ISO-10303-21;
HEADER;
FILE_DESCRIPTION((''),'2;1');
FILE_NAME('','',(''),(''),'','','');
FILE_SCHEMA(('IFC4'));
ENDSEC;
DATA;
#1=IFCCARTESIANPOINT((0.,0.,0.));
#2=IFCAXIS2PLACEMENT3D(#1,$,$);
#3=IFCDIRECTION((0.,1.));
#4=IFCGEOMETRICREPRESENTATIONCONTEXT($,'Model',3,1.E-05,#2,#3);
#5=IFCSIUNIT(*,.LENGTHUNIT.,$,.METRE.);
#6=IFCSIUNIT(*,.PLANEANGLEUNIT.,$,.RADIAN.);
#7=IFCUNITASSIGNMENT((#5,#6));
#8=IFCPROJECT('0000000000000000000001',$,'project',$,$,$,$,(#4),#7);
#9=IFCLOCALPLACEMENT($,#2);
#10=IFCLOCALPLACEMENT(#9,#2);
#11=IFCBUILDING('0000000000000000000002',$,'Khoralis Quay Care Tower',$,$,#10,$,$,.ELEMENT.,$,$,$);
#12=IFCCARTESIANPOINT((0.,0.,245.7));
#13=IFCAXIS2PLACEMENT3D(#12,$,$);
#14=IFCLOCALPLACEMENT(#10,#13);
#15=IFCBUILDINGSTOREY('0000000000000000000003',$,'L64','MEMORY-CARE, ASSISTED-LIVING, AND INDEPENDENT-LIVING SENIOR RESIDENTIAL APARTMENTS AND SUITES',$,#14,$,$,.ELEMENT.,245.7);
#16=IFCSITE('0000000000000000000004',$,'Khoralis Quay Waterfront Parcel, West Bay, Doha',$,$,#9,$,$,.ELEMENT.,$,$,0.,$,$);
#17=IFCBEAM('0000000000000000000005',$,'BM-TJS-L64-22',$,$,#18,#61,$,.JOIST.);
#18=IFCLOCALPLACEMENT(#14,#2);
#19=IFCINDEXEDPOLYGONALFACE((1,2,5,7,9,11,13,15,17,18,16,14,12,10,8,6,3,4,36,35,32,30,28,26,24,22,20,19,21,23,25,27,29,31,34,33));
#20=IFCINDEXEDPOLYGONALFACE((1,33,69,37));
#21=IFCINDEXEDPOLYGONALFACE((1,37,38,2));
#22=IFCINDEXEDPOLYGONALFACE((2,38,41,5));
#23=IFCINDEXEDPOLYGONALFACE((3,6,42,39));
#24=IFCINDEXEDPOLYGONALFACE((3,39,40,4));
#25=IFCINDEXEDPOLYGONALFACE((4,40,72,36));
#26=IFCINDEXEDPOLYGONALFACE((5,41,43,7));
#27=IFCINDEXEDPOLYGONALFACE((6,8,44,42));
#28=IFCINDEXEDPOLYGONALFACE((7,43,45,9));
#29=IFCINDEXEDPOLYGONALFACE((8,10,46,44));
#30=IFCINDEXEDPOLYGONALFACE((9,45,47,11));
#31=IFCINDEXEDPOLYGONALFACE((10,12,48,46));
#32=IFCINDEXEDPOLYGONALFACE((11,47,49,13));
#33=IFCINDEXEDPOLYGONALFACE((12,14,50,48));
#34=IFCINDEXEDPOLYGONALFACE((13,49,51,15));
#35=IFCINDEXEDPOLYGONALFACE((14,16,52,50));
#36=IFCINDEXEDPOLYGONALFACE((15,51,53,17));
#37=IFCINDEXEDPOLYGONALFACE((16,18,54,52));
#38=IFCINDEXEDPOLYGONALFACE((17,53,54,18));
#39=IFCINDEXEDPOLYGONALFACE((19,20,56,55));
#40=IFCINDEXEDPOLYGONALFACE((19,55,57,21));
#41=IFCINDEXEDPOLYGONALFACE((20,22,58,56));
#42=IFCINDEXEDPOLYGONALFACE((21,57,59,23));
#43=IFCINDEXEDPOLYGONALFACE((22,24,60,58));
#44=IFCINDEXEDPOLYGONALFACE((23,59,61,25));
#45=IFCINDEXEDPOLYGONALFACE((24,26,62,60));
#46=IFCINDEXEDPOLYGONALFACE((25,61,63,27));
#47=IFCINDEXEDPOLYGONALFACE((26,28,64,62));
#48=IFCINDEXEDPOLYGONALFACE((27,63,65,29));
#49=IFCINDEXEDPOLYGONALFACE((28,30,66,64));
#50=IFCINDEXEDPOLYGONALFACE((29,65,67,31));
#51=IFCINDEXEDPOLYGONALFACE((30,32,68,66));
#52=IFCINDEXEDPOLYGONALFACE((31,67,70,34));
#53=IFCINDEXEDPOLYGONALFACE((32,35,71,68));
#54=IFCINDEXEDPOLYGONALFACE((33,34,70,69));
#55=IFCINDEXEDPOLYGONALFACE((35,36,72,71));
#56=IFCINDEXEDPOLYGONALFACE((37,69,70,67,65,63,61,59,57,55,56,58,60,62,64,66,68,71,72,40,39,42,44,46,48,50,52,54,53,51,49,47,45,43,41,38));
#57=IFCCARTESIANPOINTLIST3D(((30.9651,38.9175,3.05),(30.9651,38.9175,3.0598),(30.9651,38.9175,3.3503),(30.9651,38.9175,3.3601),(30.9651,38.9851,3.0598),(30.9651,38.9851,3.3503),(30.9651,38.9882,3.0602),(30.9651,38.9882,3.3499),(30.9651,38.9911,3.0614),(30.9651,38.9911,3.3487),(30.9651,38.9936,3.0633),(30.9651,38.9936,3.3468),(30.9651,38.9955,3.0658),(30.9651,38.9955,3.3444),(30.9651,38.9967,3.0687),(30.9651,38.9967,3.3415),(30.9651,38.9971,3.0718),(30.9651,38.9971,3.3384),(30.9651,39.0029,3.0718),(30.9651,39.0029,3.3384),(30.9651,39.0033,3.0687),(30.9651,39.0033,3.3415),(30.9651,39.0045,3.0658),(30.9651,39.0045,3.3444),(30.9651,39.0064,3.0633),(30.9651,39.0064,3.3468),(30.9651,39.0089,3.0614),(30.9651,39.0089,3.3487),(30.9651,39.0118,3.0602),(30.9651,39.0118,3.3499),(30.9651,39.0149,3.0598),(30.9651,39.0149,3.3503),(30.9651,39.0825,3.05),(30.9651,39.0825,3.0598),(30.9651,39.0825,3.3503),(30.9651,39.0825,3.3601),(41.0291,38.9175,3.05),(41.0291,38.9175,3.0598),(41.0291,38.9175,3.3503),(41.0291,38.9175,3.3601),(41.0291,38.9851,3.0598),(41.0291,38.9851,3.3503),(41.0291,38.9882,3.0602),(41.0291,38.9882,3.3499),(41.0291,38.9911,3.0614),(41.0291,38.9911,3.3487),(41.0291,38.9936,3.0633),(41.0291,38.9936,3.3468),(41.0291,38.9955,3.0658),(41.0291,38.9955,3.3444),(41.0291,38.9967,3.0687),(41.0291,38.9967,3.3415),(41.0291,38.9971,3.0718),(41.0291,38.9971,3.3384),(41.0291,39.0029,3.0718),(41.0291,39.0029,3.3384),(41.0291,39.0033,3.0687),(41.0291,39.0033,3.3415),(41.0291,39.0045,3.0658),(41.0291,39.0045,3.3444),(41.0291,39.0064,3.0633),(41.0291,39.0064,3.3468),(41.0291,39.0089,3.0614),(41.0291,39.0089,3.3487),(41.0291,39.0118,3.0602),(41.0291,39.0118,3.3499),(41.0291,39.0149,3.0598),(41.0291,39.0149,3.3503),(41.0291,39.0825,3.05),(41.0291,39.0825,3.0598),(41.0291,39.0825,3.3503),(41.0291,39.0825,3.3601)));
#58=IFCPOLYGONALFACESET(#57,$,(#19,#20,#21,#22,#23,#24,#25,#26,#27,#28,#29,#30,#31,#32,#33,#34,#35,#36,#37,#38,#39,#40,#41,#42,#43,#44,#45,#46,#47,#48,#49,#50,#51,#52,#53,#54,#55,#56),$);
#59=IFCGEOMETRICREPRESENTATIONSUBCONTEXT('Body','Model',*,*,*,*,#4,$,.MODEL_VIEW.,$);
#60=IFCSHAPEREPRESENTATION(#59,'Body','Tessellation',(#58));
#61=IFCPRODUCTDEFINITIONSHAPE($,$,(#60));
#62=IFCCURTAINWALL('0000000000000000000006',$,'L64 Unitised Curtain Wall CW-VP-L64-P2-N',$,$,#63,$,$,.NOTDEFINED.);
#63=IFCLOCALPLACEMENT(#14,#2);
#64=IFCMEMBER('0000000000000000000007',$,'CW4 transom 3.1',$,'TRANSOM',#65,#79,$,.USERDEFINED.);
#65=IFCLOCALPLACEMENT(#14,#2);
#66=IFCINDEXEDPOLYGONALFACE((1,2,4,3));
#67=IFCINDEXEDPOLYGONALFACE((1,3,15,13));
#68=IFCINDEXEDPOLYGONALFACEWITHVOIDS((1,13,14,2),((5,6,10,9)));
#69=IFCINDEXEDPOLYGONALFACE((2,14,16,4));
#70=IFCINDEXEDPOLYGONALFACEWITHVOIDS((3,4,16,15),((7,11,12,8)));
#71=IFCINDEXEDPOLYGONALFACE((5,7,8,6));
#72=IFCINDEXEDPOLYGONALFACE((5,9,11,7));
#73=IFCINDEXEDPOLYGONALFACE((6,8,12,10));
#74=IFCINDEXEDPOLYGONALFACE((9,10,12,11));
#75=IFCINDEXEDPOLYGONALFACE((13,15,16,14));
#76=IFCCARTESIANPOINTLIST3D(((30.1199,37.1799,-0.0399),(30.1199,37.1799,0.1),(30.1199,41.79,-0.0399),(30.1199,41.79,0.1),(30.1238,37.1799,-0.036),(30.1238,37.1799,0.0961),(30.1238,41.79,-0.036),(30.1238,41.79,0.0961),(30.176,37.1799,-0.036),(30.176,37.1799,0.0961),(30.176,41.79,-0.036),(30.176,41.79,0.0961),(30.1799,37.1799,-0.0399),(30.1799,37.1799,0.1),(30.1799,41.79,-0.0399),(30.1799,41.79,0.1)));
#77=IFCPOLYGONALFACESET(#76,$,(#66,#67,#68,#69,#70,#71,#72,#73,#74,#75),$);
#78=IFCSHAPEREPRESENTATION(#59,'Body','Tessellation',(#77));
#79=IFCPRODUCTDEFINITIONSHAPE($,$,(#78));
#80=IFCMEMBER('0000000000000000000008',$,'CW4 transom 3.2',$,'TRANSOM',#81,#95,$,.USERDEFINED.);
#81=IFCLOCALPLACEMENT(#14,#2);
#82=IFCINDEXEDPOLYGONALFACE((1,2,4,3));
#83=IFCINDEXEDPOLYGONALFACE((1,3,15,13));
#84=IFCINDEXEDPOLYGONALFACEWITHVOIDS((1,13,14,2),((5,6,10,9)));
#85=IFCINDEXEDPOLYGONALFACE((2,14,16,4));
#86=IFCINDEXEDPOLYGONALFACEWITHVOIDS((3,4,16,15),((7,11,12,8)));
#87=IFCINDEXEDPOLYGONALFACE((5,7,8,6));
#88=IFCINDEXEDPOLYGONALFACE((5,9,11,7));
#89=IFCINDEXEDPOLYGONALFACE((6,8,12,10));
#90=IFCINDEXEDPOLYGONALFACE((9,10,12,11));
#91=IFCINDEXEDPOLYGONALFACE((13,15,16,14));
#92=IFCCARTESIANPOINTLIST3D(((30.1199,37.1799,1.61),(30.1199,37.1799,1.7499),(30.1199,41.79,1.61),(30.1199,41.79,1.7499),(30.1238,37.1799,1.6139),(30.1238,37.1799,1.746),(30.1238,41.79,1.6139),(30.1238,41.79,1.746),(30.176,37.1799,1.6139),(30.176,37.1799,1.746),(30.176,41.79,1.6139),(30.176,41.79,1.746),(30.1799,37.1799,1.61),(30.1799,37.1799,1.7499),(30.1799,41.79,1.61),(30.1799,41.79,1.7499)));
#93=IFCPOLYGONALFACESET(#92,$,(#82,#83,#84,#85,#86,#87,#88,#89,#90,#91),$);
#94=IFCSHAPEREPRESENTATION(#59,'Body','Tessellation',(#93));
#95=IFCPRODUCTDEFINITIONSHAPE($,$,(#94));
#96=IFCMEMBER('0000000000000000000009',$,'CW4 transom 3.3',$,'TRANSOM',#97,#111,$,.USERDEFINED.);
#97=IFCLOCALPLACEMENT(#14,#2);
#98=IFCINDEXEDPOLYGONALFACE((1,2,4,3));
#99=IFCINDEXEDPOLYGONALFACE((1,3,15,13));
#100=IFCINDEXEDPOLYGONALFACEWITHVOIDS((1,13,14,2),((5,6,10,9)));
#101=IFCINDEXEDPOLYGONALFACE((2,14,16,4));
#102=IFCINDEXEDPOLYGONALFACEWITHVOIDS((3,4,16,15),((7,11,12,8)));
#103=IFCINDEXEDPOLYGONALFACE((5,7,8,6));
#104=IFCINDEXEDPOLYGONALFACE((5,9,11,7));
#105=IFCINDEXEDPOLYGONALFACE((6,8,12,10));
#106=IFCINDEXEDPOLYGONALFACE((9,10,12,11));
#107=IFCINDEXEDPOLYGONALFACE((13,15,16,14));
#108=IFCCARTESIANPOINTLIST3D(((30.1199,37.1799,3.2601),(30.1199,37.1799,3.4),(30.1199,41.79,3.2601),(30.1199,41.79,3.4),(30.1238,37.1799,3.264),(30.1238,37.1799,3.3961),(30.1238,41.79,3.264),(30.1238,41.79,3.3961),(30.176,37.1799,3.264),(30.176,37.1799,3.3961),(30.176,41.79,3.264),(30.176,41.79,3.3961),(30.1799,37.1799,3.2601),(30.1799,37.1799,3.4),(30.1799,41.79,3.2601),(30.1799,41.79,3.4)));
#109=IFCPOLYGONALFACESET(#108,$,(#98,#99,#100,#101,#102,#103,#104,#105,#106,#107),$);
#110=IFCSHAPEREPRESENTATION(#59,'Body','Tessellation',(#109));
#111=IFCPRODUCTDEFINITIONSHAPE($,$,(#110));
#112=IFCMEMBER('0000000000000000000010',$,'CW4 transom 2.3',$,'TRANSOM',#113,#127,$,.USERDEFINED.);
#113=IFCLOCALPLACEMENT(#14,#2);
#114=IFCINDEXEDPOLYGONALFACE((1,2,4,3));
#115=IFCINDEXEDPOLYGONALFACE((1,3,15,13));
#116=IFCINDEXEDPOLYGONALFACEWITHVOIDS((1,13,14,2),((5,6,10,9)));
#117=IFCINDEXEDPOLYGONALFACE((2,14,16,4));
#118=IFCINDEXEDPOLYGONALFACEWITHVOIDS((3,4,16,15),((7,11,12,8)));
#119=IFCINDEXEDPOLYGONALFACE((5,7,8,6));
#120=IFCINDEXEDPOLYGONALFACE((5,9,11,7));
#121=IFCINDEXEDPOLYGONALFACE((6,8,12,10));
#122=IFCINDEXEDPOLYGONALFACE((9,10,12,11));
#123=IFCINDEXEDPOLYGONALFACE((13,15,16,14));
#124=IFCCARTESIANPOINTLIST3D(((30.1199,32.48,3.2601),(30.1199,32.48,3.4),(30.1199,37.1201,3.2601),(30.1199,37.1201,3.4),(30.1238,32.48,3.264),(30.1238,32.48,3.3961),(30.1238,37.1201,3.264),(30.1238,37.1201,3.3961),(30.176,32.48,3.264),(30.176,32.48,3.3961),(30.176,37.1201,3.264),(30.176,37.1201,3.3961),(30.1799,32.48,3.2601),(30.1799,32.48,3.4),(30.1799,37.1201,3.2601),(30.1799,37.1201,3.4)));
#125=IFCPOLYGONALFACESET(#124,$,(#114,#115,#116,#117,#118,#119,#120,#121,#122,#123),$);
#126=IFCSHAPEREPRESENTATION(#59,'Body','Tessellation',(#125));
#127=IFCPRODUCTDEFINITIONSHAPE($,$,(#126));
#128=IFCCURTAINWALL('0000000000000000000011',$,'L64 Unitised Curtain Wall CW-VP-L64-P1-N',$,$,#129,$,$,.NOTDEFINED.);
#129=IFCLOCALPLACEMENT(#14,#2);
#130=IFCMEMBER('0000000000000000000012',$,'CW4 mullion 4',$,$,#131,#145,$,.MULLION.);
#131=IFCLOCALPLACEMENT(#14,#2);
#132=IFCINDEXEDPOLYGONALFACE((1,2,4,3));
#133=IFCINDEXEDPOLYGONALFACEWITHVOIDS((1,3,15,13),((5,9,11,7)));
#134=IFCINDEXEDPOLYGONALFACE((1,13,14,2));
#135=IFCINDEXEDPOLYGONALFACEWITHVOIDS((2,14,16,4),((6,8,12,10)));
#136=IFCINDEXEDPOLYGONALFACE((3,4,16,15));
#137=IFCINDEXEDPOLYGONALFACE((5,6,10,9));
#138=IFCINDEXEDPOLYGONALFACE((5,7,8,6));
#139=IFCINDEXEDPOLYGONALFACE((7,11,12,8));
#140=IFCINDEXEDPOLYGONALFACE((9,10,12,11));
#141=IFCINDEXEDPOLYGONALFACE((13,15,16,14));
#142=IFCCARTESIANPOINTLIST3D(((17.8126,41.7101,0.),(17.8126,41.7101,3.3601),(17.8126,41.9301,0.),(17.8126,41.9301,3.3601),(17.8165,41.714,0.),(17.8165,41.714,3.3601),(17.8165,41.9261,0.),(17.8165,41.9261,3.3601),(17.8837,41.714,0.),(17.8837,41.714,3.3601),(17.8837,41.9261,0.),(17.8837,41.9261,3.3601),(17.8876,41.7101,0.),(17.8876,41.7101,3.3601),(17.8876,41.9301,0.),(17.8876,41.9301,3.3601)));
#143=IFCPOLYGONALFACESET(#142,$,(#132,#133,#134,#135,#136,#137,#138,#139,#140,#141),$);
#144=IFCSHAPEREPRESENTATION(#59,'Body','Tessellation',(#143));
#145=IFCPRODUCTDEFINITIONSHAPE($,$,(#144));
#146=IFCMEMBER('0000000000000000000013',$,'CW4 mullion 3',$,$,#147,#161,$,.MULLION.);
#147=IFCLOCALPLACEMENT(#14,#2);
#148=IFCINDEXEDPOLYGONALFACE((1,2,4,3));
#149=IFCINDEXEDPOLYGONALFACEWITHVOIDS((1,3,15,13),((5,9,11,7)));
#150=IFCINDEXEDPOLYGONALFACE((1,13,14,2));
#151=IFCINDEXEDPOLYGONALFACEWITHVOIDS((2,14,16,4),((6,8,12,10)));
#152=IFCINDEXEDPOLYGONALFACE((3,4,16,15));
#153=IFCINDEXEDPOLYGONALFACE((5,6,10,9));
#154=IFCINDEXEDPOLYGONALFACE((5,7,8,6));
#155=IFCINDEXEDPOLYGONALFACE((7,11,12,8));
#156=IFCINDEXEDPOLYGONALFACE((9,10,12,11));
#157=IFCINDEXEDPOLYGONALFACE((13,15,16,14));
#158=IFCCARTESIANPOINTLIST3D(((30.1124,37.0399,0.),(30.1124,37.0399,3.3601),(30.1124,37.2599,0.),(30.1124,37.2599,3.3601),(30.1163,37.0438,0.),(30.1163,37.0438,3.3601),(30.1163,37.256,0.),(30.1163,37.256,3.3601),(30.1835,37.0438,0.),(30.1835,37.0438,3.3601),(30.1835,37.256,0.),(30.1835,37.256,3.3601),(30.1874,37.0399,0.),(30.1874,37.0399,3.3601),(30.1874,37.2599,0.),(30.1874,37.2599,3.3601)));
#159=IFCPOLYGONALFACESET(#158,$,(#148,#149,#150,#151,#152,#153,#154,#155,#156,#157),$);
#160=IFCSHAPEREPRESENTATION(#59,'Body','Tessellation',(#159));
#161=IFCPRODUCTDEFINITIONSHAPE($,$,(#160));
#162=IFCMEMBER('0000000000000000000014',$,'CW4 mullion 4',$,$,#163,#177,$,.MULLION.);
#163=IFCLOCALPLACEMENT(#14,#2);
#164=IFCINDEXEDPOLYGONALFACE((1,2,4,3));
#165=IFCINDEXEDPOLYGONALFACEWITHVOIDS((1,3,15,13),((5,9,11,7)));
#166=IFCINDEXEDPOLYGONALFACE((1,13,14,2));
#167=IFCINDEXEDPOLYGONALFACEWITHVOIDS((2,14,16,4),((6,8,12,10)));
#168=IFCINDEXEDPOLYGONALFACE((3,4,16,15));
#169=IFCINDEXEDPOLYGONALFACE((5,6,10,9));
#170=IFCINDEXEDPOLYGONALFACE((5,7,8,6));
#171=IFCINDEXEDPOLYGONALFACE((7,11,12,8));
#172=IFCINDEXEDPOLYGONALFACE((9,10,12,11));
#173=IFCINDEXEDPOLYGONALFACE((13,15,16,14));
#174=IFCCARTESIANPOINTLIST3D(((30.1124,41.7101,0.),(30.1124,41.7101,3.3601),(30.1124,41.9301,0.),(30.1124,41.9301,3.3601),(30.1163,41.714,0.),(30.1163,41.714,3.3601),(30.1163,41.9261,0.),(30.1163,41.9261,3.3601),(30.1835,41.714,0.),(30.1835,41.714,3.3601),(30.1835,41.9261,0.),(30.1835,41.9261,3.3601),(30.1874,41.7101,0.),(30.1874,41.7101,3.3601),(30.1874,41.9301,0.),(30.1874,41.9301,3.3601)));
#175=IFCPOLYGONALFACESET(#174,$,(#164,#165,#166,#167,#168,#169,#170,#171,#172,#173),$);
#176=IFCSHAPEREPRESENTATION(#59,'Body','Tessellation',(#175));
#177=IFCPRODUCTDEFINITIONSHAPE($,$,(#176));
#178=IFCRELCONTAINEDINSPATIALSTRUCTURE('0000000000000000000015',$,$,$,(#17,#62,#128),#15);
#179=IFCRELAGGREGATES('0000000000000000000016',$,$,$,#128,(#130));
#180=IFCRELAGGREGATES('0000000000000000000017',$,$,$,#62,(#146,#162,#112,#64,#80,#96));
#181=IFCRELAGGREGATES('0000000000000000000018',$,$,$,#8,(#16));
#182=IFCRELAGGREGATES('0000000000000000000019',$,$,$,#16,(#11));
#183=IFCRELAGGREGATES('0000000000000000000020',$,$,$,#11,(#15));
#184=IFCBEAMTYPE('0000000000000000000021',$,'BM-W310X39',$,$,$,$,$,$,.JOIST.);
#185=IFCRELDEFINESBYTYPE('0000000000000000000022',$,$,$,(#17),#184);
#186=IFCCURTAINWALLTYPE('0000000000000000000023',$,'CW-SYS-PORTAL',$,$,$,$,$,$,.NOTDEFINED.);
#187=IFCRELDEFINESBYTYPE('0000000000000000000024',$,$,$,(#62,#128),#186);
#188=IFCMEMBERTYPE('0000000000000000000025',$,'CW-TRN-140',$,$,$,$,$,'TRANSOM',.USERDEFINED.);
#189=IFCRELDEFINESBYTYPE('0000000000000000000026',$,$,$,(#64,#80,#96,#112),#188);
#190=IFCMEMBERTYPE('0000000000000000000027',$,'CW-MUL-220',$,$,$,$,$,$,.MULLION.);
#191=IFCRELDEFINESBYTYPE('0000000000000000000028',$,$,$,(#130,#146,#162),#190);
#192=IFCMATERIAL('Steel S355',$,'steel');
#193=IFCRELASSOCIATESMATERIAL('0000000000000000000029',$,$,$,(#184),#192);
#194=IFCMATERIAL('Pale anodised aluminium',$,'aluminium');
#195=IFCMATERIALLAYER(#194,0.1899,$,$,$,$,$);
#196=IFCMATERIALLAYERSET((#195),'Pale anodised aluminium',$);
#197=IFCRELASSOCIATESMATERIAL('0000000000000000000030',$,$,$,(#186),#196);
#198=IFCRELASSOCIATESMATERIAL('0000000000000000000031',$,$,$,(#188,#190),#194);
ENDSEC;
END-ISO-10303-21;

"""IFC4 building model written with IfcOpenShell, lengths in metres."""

from ifc_helpers import new_model, si_unit, direction, frame, origin, origin_2d, place, context, subcontext, project, spatial, hollow_rectangle, i_section, extrude, source, transform, mapped, material, layer, layer_set, material_profile, profile_set, type_object, element, aggregate, save


model = new_model("IFC4")

# Units and contexts
model_context = context("Model", 3, precision=1e-05, world=origin(), true_north=direction((0.0, 1.0)))
body_context = subcontext(model_context, "Body", "Model", "MODEL_VIEW")
ifc_project = project(units=[si_unit("LENGTHUNIT", "METRE"), si_unit("PLANEANGLEUNIT", "RADIAN")], contexts=[model_context])

# Site, building, storey
site_placement = place(None, origin())
site = spatial("IfcSite", under=ifc_project, at=site_placement, Name="Khoralis Quay Waterfront Parcel, West Bay, Doha", CompositionType="ELEMENT", RefElevation=0.0)
building_placement = place(site_placement, origin())
building = spatial("IfcBuilding", under=site, at=building_placement, Name="Khoralis Quay Care Tower", CompositionType="ELEMENT")
storey_placement = place(building_placement, frame((0.0, 0.0, 245.7)))
storey = spatial("IfcBuildingStorey", under=building, at=storey_placement, Name="L64", Description="MEMORY-CARE, ASSISTED-LIVING, AND INDEPENDENT-LIVING SENIOR RESIDENTIAL APARTMENTS AND SUITES", CompositionType="ELEMENT", Elevation=245.7)

# Beam
ifc_material_1 = material(Name="Steel S355", Category="steel")
ifc_material_profile_1 = material_profile(ifc_material_1, i_section(OverallWidth=0.165, OverallDepth=0.3101, WebThickness=0.0059, FlangeThickness=0.0098, FilletRadius=0.012, at=origin_2d()), Name="Steel S355")
ifc_profile_set_1 = profile_set([ifc_material_profile_1], Name="Steel S355")
beam_type_1 = type_object("IfcBeamType", Name="BM-W310X39", PredefinedType="JOIST", material=ifc_profile_set_1)
shared_shape_1 = source(origin(), body_context, "Body", "SweptSolid", [
    extrude(i_section(OverallWidth=0.165, OverallDepth=0.3101, WebThickness=0.0059, FlangeThickness=0.0098, FilletRadius=0.012, at=origin_2d()), origin(), (0.0, 0.0, 1.0), 10.064),
])
for number, where, z_axis, x_axis, name in (
    (1, (30.9651, 39.0, 3.2051), (1.0, 0.0, 0.0), (0.0, 1.0, 0.0), "BM-TJS-L64-22"),
):
    element("IfcBeam", number, at=place(storey_placement, frame(where, z_axis=z_axis, x_axis=x_axis)), inside=storey, type_object=beam_type_1, Name=name, PredefinedType="JOIST", context=body_context, shape_type="MappedRepresentation", body=[
        mapped(shared_shape_1, transform((0.0, 0.0, 0.0), scale=1.0)),
    ])

# Curtain wall, members
ifc_material_2 = material(Name="Pale anodised aluminium", Category="aluminium")
ifc_layer_1 = layer(ifc_material_2, 0.1899)
ifc_layer_set_1 = layer_set([ifc_layer_1], Name="Pale anodised aluminium")
curtain_wall_type = type_object("IfcCurtainWallType", Name="CW-SYS-PORTAL", PredefinedType="NOTDEFINED", material=ifc_layer_set_1)
curtain_wall_1_placement = place(storey_placement, origin())
curtain_wall_1 = element("IfcCurtainWall", 2, at=curtain_wall_1_placement, inside=storey, type_object=curtain_wall_type, Name="L64 Unitised Curtain Wall CW-VP-L64-P2-N", PredefinedType="NOTDEFINED")
ifc_material_profile_2 = material_profile(ifc_material_2, hollow_rectangle(XDim=0.0601, YDim=0.1399, WallThickness=0.0039, at=origin_2d()), Name="Pale anodised aluminium")
ifc_profile_set_2 = profile_set([ifc_material_profile_2], Name="Pale anodised aluminium")
member_type_1 = type_object("IfcMemberType", Name="CW-TRN-140", ElementType="TRANSOM", PredefinedType="USERDEFINED", material=ifc_profile_set_2)
shared_shape_2 = source(origin(), body_context, "Body", "SweptSolid", [
    extrude(hollow_rectangle(XDim=0.0601, YDim=0.1399, WallThickness=0.0039, at=origin_2d()), origin(), (0.0, 0.0, 1.0), 4.6101),
])
member_1_placement = place(storey_placement, frame((30.1499, 37.1799, 0.03), z_axis=(0.0, 1.0, 0.0), x_axis=(-1.0, 0.0, 0.0)))
member_1 = element("IfcMember", 3, at=member_1_placement, type_object=member_type_1, Name="CW4 transom 3.1", ObjectType="TRANSOM", PredefinedType="USERDEFINED", context=body_context, shape_type="MappedRepresentation", body=[
    mapped(shared_shape_2, transform((0.0, 0.0, 0.0), scale=1.0)),
])
member_2_placement = place(storey_placement, frame((30.1499, 37.1799, 1.6799), z_axis=(0.0, 1.0, 0.0), x_axis=(-1.0, 0.0, 0.0)))
member_2 = element("IfcMember", 4, at=member_2_placement, type_object=member_type_1, Name="CW4 transom 3.2", ObjectType="TRANSOM", PredefinedType="USERDEFINED", context=body_context, shape_type="MappedRepresentation", body=[
    mapped(shared_shape_2, transform((0.0, 0.0, 0.0), scale=1.0)),
])
member_3_placement = place(storey_placement, frame((30.1499, 37.1799, 3.3301), z_axis=(0.0, 1.0, 0.0), x_axis=(-1.0, 0.0, 0.0)))
member_3 = element("IfcMember", 5, at=member_3_placement, type_object=member_type_1, Name="CW4 transom 3.3", ObjectType="TRANSOM", PredefinedType="USERDEFINED", context=body_context, shape_type="MappedRepresentation", body=[
    mapped(shared_shape_2, transform((0.0, 0.0, 0.0), scale=1.0)),
])
shared_shape_3 = source(origin(), body_context, "Body", "SweptSolid", [
    extrude(hollow_rectangle(XDim=0.0601, YDim=0.1399, WallThickness=0.0039, at=origin_2d()), origin(), (0.0, 0.0, 1.0), 4.6401),
])
member_4_placement = place(storey_placement, frame((30.1499, 32.48, 3.3301), z_axis=(0.0, 1.0, 0.0), x_axis=(-1.0, 0.0, 0.0)))
member_4 = element("IfcMember", 6, at=member_4_placement, type_object=member_type_1, Name="CW4 transom 2.3", ObjectType="TRANSOM", PredefinedType="USERDEFINED", context=body_context, shape_type="MappedRepresentation", body=[
    mapped(shared_shape_3, transform((0.0, 0.0, 0.0), scale=1.0)),
])

# Curtain wall, member
curtain_wall_2_placement = place(storey_placement, origin())
curtain_wall_2 = element("IfcCurtainWall", 7, at=curtain_wall_2_placement, inside=storey, type_object=curtain_wall_type, Name="L64 Unitised Curtain Wall CW-VP-L64-P1-N", PredefinedType="NOTDEFINED")
ifc_material_profile_3 = material_profile(ifc_material_2, hollow_rectangle(XDim=0.075, YDim=0.22, WallThickness=0.0039, at=origin_2d()), Name="Pale anodised aluminium")
ifc_profile_set_3 = profile_set([ifc_material_profile_3], Name="Pale anodised aluminium")
member_type_2 = type_object("IfcMemberType", Name="CW-MUL-220", PredefinedType="MULLION", material=ifc_profile_set_3)
shared_shape_4 = source(origin(), body_context, "Body", "SweptSolid", [
    extrude(hollow_rectangle(XDim=0.075, YDim=0.22, WallThickness=0.0039, at=origin_2d()), origin(), (0.0, 0.0, 1.0), 3.3601),
])
member_5_placement = place(storey_placement, frame((17.8501, 41.8201, 0.0), z_axis=(0.0, 0.0, 1.0), x_axis=(-1.0, 0.0, 0.0)))
member_5 = element("IfcMember", 8, at=member_5_placement, type_object=member_type_2, Name="CW4 mullion 4", PredefinedType="MULLION", context=body_context, shape_type="MappedRepresentation", body=[
    mapped(shared_shape_4, transform((0.0, 0.0, 0.0), scale=1.0)),
])
aggregate(curtain_wall_2, [member_5])

# Members
member_6_placement = place(storey_placement, frame((30.1499, 37.1499, 0.0), z_axis=(0.0, 0.0, 1.0), x_axis=(-1.0, 0.0, 0.0)))
member_6 = element("IfcMember", 9, at=member_6_placement, type_object=member_type_2, Name="CW4 mullion 3", PredefinedType="MULLION", context=body_context, shape_type="MappedRepresentation", body=[
    mapped(shared_shape_4, transform((0.0, 0.0, 0.0), scale=1.0)),
])
member_7_placement = place(storey_placement, frame((30.1499, 41.8201, 0.0), z_axis=(0.0, 0.0, 1.0), x_axis=(-1.0, 0.0, 0.0)))
member_7 = element("IfcMember", 10, at=member_7_placement, type_object=member_type_2, Name="CW4 mullion 4", PredefinedType="MULLION", context=body_context, shape_type="MappedRepresentation", body=[
    mapped(shared_shape_4, transform((0.0, 0.0, 0.0), scale=1.0)),
])

aggregate(curtain_wall_1, [member_6, member_7, member_4, member_1, member_2, member_3])

save(model, "model.ifc")
